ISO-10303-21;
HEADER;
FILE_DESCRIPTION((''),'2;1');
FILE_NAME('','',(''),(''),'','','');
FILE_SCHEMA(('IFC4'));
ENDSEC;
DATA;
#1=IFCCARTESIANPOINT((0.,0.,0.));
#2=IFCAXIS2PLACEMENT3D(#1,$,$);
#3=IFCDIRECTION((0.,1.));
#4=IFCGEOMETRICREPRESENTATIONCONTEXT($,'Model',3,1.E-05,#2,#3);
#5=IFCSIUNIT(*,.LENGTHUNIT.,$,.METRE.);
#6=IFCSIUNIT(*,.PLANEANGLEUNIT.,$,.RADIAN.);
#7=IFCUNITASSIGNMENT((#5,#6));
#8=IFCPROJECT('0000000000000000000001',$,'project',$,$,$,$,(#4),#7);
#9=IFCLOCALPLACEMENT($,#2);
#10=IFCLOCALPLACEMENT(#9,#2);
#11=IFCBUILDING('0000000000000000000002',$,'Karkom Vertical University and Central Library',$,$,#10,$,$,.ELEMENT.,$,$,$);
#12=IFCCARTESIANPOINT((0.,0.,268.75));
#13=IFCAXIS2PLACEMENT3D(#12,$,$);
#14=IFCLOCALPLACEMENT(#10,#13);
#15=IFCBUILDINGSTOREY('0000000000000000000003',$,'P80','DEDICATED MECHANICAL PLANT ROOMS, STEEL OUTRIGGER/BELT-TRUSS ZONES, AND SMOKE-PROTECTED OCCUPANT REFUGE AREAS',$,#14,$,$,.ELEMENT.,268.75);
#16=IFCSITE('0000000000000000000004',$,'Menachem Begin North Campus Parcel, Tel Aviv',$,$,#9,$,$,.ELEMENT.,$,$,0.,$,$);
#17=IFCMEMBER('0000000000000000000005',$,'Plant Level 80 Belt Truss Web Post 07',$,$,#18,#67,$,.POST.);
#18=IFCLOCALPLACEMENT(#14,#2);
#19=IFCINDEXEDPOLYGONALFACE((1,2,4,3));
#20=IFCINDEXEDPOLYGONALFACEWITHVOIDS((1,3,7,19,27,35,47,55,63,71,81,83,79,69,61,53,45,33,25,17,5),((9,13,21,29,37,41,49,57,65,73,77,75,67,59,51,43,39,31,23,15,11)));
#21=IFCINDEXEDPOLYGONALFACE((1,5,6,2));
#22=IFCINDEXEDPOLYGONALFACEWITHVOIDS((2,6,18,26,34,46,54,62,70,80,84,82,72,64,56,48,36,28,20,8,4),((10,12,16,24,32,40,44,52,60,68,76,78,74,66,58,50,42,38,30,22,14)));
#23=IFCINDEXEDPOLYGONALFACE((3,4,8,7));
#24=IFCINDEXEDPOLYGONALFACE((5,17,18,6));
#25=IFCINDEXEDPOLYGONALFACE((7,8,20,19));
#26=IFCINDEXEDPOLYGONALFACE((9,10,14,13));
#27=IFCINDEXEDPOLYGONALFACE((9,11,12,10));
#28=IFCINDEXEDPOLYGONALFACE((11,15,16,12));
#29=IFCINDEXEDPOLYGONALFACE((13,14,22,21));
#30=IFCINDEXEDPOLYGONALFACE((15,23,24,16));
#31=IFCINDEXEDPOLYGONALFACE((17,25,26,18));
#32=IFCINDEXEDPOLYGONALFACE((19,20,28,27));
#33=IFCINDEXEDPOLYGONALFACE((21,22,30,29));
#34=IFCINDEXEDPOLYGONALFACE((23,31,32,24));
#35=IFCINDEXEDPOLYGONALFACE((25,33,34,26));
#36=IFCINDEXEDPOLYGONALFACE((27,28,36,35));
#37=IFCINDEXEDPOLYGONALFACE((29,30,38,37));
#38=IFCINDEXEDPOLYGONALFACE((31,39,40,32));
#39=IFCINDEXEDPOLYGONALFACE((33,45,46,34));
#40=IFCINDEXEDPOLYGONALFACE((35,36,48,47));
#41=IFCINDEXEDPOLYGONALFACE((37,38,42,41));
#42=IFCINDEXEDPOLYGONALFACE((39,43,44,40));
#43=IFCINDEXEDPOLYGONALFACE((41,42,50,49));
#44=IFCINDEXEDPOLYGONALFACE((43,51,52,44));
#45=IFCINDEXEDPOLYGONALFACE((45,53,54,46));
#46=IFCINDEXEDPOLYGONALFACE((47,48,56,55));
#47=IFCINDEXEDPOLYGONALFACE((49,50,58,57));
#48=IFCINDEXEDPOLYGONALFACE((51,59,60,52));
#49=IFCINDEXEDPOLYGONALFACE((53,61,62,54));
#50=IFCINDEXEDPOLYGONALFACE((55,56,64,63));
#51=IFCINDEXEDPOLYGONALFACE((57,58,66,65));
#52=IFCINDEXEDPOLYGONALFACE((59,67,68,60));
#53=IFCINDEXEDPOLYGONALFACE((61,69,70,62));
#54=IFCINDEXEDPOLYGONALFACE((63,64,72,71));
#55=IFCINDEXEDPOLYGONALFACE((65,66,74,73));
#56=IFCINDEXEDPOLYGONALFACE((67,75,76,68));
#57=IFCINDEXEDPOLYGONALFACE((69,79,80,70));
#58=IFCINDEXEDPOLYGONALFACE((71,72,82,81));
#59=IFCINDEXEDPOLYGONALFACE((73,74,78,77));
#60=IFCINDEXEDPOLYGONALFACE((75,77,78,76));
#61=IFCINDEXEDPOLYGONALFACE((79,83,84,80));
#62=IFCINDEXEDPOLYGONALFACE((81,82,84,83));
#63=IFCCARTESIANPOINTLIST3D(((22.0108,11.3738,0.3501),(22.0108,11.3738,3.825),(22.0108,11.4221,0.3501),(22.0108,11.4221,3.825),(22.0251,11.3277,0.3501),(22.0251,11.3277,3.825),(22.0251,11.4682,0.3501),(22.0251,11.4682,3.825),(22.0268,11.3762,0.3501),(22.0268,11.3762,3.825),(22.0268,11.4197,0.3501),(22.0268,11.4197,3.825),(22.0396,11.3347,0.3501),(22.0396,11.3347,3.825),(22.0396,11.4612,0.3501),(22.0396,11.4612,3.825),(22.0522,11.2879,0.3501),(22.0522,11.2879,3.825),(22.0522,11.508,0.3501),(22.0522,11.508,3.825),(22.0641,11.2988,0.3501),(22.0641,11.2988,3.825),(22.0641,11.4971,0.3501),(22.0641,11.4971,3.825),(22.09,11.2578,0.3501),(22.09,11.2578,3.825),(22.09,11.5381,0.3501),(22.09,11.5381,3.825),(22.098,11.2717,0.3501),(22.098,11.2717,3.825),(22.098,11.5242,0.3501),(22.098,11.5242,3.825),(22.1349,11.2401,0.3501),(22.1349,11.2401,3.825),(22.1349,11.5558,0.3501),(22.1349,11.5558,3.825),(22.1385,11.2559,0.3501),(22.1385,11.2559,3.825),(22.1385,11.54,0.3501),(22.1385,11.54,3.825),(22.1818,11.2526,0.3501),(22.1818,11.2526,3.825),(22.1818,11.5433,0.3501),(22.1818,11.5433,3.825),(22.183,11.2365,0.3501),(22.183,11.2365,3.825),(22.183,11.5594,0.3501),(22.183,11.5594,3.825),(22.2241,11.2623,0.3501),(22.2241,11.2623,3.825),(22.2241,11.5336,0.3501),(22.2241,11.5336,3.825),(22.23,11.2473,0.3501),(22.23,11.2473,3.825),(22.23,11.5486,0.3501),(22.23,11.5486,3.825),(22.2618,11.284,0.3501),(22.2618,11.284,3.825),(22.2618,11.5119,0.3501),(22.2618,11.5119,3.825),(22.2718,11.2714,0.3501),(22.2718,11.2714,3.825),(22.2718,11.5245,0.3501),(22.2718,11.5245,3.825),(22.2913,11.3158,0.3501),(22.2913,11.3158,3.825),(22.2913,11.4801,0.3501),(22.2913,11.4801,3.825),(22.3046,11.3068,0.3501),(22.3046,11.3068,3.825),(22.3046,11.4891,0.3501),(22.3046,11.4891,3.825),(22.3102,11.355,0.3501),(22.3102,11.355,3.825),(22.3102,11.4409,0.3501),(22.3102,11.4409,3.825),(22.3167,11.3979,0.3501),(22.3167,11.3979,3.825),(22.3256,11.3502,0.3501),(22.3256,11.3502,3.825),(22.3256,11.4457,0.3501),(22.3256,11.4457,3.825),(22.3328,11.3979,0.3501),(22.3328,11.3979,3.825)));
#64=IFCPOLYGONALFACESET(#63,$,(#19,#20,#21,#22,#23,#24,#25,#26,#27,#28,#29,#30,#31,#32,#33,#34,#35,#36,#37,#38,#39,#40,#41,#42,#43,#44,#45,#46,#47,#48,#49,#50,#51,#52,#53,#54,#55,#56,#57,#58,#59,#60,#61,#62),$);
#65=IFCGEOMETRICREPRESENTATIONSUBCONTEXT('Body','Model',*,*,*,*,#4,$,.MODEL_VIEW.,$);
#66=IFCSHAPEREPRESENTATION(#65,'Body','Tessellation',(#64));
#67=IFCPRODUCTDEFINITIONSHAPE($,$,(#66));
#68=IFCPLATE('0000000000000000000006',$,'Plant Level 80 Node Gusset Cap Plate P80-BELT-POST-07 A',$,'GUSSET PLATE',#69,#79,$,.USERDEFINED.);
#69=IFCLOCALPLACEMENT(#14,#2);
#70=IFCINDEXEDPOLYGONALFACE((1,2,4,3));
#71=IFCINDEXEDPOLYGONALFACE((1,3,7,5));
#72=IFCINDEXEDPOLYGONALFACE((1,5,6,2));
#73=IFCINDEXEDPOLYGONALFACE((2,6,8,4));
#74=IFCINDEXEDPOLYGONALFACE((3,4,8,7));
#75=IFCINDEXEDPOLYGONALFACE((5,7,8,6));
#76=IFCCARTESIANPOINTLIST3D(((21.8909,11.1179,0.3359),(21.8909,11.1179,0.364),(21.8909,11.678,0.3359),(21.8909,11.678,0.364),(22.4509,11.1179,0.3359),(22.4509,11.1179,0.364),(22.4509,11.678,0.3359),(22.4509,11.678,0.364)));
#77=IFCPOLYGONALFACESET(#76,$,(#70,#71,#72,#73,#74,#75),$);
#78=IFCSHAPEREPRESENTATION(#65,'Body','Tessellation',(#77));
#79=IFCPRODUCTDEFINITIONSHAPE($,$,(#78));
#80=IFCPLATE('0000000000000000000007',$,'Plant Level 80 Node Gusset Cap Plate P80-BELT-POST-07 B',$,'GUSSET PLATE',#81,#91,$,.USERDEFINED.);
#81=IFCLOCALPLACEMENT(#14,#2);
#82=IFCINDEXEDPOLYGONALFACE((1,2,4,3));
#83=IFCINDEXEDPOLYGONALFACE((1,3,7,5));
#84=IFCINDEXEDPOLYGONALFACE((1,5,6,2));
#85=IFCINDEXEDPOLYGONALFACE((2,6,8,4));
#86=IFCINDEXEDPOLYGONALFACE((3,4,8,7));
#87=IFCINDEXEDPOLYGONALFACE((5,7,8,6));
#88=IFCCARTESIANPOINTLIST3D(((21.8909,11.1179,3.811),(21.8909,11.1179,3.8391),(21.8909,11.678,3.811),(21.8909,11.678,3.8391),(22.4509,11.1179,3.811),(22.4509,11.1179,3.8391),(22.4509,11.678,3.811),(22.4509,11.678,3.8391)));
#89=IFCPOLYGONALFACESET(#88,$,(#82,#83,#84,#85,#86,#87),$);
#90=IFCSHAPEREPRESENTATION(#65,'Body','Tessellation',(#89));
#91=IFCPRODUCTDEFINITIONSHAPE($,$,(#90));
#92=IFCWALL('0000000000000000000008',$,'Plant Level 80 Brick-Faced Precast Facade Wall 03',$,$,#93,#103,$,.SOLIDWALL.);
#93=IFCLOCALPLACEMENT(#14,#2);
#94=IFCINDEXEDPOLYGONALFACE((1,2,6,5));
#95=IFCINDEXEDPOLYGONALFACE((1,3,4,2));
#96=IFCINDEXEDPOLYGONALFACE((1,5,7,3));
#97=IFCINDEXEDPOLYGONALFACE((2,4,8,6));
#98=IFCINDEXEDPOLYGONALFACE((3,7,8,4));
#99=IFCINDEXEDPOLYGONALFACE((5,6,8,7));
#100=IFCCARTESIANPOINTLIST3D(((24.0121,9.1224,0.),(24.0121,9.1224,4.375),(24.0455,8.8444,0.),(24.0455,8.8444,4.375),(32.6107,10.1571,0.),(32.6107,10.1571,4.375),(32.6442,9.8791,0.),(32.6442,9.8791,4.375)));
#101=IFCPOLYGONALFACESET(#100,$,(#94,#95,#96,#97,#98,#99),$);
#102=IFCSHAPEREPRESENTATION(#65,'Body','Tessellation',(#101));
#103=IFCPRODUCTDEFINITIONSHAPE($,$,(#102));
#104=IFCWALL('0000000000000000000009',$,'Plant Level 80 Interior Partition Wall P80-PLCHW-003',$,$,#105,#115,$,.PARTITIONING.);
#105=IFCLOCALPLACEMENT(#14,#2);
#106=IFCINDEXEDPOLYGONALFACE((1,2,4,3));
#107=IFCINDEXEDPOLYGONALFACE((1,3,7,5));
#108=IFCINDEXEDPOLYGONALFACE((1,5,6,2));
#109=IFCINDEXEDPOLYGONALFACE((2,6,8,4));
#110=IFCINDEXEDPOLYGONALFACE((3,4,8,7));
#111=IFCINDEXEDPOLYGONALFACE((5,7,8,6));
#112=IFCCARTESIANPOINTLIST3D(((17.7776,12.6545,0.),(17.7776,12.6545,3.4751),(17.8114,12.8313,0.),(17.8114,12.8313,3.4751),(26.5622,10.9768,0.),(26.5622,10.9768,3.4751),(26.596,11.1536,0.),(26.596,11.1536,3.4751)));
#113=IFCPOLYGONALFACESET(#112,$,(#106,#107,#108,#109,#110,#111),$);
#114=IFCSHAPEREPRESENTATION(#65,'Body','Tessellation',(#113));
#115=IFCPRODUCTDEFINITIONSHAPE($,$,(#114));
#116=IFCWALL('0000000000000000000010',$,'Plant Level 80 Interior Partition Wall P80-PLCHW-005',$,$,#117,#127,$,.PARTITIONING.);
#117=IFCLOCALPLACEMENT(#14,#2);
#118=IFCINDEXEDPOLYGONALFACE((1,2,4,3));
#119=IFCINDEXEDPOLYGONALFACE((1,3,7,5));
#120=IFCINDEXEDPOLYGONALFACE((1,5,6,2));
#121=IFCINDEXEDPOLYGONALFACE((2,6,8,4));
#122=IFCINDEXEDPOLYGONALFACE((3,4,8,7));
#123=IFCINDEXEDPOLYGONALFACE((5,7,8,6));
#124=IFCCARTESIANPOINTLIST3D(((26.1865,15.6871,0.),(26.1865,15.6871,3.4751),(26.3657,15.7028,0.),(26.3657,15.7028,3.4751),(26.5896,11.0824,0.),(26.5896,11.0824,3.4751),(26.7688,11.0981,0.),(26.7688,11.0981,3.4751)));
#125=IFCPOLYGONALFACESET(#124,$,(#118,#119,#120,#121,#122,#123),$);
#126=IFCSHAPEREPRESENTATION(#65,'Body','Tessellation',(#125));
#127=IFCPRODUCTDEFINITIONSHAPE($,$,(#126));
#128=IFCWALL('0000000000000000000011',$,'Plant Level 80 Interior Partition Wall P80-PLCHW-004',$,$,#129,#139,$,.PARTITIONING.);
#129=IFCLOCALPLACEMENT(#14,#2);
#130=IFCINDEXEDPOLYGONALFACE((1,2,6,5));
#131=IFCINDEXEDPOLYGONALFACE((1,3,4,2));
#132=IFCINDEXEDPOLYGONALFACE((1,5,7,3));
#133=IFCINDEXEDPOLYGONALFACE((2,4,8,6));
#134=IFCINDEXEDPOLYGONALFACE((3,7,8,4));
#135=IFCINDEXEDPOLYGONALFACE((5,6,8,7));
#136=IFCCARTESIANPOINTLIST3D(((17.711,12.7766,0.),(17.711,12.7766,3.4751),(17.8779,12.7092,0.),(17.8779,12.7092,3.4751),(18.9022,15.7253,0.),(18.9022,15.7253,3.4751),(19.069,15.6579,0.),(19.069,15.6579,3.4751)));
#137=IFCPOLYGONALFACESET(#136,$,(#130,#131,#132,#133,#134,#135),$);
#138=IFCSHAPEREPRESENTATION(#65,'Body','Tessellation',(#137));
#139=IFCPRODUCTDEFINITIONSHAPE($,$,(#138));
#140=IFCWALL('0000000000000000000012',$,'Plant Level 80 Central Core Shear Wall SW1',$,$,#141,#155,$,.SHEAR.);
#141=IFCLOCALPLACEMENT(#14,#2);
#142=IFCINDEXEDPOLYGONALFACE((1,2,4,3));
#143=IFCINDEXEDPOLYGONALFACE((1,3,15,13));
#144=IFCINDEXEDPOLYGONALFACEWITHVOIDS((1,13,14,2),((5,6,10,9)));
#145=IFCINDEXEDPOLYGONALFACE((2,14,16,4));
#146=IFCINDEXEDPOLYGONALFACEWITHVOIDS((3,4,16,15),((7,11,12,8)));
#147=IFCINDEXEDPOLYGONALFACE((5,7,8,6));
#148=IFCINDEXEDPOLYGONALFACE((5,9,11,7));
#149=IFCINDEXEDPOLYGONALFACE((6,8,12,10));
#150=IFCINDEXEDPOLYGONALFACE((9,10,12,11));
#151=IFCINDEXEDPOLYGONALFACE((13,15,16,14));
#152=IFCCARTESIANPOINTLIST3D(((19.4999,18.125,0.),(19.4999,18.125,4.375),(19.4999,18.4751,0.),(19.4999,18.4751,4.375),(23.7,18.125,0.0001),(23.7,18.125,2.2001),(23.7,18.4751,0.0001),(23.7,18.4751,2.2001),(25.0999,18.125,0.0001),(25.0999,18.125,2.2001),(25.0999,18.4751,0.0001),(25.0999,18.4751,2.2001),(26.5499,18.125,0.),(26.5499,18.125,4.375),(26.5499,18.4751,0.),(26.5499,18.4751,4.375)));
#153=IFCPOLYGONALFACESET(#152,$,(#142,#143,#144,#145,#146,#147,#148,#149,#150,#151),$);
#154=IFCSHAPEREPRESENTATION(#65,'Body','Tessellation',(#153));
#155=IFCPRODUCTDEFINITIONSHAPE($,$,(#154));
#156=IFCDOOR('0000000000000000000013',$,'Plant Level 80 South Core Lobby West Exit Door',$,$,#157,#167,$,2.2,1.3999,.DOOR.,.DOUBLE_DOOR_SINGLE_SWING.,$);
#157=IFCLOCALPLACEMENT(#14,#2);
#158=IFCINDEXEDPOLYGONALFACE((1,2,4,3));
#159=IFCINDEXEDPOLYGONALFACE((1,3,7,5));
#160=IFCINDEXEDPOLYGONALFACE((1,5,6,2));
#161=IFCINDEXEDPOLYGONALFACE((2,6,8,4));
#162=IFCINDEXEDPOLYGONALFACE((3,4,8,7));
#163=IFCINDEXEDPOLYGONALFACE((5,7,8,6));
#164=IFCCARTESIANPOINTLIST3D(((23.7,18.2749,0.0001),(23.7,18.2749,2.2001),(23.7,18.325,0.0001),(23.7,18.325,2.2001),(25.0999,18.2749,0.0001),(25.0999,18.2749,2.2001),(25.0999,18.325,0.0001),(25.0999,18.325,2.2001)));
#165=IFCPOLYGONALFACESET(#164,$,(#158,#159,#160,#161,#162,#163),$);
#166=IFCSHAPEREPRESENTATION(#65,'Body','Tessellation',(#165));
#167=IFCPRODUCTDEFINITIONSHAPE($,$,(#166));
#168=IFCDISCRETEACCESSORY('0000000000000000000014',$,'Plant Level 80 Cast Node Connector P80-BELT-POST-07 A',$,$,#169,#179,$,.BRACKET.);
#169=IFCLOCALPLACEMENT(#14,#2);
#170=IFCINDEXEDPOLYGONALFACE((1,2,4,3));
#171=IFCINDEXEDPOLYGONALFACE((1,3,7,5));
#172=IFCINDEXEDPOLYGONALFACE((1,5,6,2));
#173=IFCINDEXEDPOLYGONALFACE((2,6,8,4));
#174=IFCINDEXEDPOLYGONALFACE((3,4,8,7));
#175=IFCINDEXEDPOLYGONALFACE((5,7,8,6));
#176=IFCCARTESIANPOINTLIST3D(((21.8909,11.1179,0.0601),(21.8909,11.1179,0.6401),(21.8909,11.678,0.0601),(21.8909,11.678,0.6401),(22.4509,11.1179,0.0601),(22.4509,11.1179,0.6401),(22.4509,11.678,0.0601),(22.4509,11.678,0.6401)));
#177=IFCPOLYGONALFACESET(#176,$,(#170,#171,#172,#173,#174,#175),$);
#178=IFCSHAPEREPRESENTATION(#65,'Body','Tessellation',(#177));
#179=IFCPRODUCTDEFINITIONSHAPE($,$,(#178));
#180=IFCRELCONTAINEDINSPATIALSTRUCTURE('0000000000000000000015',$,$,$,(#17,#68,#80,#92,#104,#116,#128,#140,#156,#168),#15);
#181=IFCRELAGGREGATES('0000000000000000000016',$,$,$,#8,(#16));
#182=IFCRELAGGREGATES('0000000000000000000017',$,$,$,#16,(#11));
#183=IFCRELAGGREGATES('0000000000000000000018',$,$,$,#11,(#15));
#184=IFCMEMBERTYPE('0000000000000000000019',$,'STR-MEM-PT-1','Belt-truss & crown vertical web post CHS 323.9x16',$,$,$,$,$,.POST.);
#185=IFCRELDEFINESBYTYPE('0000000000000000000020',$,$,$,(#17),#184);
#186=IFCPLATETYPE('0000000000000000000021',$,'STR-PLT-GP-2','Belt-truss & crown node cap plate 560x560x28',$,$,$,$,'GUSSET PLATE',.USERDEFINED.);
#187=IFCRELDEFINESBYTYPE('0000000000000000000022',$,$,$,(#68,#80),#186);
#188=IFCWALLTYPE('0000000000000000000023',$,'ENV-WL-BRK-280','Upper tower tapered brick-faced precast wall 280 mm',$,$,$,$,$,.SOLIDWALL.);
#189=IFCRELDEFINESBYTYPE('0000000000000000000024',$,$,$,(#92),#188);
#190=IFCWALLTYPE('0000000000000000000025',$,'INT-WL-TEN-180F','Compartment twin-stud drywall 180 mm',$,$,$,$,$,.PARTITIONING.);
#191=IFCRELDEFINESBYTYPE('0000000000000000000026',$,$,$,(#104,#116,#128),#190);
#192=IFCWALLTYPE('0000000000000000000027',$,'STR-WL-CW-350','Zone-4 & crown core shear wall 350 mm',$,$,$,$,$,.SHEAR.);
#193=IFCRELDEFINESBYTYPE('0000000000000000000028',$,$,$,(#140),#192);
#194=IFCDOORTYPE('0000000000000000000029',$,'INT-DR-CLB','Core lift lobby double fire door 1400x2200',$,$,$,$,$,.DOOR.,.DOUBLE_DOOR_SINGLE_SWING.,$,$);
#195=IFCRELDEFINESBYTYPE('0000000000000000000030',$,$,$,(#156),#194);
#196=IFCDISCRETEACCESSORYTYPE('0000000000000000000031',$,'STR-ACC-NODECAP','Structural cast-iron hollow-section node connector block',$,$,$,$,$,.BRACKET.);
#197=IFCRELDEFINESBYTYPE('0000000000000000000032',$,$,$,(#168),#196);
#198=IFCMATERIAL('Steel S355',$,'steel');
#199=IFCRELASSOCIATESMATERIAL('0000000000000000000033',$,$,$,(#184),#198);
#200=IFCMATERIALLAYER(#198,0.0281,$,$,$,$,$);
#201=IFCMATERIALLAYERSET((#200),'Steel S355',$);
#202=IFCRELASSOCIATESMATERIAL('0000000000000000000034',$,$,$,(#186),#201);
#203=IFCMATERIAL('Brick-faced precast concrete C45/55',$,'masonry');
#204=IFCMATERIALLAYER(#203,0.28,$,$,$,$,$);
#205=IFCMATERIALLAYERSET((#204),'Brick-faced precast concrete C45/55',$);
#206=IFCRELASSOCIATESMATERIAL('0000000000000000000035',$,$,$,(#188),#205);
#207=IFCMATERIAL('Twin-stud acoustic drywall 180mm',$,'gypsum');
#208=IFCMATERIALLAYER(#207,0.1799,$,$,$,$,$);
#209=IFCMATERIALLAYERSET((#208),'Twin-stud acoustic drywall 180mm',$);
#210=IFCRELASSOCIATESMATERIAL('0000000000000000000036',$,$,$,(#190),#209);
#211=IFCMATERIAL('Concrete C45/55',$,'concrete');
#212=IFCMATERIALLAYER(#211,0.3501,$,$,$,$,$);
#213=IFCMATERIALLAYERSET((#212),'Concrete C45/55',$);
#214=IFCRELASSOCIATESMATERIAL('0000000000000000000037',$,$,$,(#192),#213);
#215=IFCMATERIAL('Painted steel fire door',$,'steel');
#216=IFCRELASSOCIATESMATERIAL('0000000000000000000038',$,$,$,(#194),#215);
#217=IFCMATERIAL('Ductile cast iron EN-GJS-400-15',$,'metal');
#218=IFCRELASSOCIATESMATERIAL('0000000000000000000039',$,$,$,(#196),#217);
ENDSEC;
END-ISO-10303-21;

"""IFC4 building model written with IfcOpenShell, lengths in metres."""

from ifc_helpers import new_model, si_unit, direction, frame, frame_2d, origin, origin_with_axes, origin_2d, place, context, subcontext, project, spatial, rectangle, hollow_circle, extrude, source, transform, mapped, material, layer, layer_set, material_profile, profile_set, type_object, element, fill, save


model = new_model("IFC4")

# Units and contexts
model_context = context("Model", 3, precision=1e-05, world=origin(), true_north=direction((0.0, 1.0)))
body_context = subcontext(model_context, "Body", "Model", "MODEL_VIEW")
ifc_project = project(units=[si_unit("LENGTHUNIT", "METRE"), si_unit("PLANEANGLEUNIT", "RADIAN")], contexts=[model_context])

# Site, building, storey
site_placement = place(None, origin())
site = spatial("IfcSite", under=ifc_project, at=site_placement, Name="Menachem Begin North Campus Parcel, Tel Aviv", CompositionType="ELEMENT", RefElevation=0.0)
building_placement = place(site_placement, origin())
building = spatial("IfcBuilding", under=site, at=building_placement, Name="Karkom Vertical University and Central Library", CompositionType="ELEMENT")
storey_placement = place(building_placement, frame((0.0, 0.0, 268.75)))
storey = spatial("IfcBuildingStorey", under=building, at=storey_placement, Name="P80", Description="DEDICATED MECHANICAL PLANT ROOMS, STEEL OUTRIGGER/BELT-TRUSS ZONES, AND SMOKE-PROTECTED OCCUPANT REFUGE AREAS", CompositionType="ELEMENT", Elevation=268.75)

# Shared definitions
ifc_material_1 = material(Name="Concrete C45/55", Category="concrete")

# Shared definitions
ifc_material_2 = material(Name="Steel S355", Category="steel")

# Member
ifc_material_profile_1 = material_profile(ifc_material_2, hollow_circle(Radius=0.1619, WallThickness=0.0161, at=origin_2d()), Name="CHS 323.9x16")
ifc_profile_set_1 = profile_set([ifc_material_profile_1], Name="Steel S355")
member_type = type_object("IfcMemberType", Name="STR-MEM-PT-1", Description="Belt-truss & crown vertical web post CHS 323.9x16", PredefinedType="POST", material=ifc_profile_set_1)
shared_shape_1 = source(origin_with_axes(), body_context, "Body", "SweptSolid", [
    extrude(hollow_circle(Radius=0.1619, WallThickness=0.0161, at=origin_2d()), origin(), (0.0, 0.0, 1.0), 3.4749),
])
member_placement = place(storey_placement, frame((22.1709, 11.3979, 0.3501), z_axis=(0.0, 0.0, 1.0), x_axis=(1.0, 0.0, 0.0)))
element("IfcMember", 1, at=member_placement, inside=storey, type_object=member_type, Name="Plant Level 80 Belt Truss Web Post 07", PredefinedType="POST", context=body_context, shape_type="MappedRepresentation", body=[
    mapped(shared_shape_1, transform((0.0, 0.0, 0.0), scale=1.0)),
])

# Plates
ifc_layer_1 = layer(ifc_material_2, 0.0281)
ifc_layer_set_1 = layer_set([ifc_layer_1], Name="Steel S355")
plate_type = type_object("IfcPlateType", Name="STR-PLT-GP-2", Description="Belt-truss & crown node cap plate 560x560x28", ElementType="GUSSET PLATE", PredefinedType="USERDEFINED", material=ifc_layer_set_1)
shared_shape_2 = source(origin_with_axes(), body_context, "Body", "SweptSolid", [
    extrude(rectangle(XDim=0.5601, YDim=0.5601, at=origin_2d()), origin(), (0.0, 0.0, 1.0), 0.0281),
])
for number, where, z_axis, x_axis, name in (
    (2, (22.1709, 11.3979, 0.3359), (0.0, 0.0, 1.0), (1.0, 0.0, 0.0), "Plant Level 80 Node Gusset Cap Plate P80-BELT-POST-07 A"),
    (3, (22.1709, 11.3979, 3.811), (0.0, 0.0, 1.0), (1.0, 0.0, 0.0), "Plant Level 80 Node Gusset Cap Plate P80-BELT-POST-07 B"),
):
    element("IfcPlate", number, at=place(storey_placement, frame(where, z_axis=z_axis, x_axis=x_axis)), inside=storey, type_object=plate_type, Name=name, ObjectType="GUSSET PLATE", PredefinedType="USERDEFINED", context=body_context, shape_type="MappedRepresentation", body=[
        mapped(shared_shape_2, transform((0.0, 0.0, 0.0), scale=1.0)),
    ])

# Walls
ifc_material_3 = material(Name="Brick-faced precast concrete C45/55", Category="masonry")
ifc_layer_2 = layer(ifc_material_3, 0.28)
ifc_layer_set_2 = layer_set([ifc_layer_2], Name="Brick-faced precast concrete C45/55")
wall_type_1 = type_object("IfcWallType", Name="ENV-WL-BRK-280", Description="Upper tower tapered brick-faced precast wall 280 mm", PredefinedType="SOLIDWALL", material=ifc_layer_set_2)
wall_1_placement = place(storey_placement, frame((24.0288, 8.9834, 0.0), z_axis=(0.0, 0.0, 1.0), x_axis=(0.992838, 0.119468, 0.0)))
element("IfcWall", 4, at=wall_1_placement, inside=storey, type_object=wall_type_1, Name="Plant Level 80 Brick-Faced Precast Facade Wall 03", PredefinedType="SOLIDWALL", context=body_context, shape_type="SweptSolid", body=[
    extrude(rectangle(XDim=8.6606, YDim=0.28, at=frame_2d((4.3303, 0.0))), origin(), (0.0, 0.0, 1.0), 4.375),
])
ifc_material_4 = material(Name="Twin-stud acoustic drywall 180mm", Category="gypsum")
ifc_layer_3 = layer(ifc_material_4, 0.1799)
ifc_layer_set_3 = layer_set([ifc_layer_3], Name="Twin-stud acoustic drywall 180mm")
wall_type_2 = type_object("IfcWallType", Name="INT-WL-TEN-180F", Description="Compartment twin-stud drywall 180 mm", PredefinedType="PARTITIONING", material=ifc_layer_set_3)
wall_2_placement = place(storey_placement, frame((26.5791, 11.0652, 0.0), z_axis=(0.0, 0.0, 1.0), x_axis=(-0.982247, 0.187594, 0.0)))
element("IfcWall", 5, at=wall_2_placement, inside=storey, type_object=wall_type_2, Name="Plant Level 80 Interior Partition Wall P80-PLCHW-003", PredefinedType="PARTITIONING", context=body_context, shape_type="SweptSolid", body=[
    extrude(rectangle(XDim=8.9434, YDim=0.1799, at=frame_2d((4.4717, 0.0))), origin(), (0.0, 0.0, 1.0), 3.4751),
])
wall_3_placement = place(storey_placement, frame((26.2761, 15.6948, 0.0), z_axis=(0.0, 0.0, 1.0), x_axis=(0.087202, -0.996191, 0.0)))
element("IfcWall", 6, at=wall_3_placement, inside=storey, type_object=wall_type_2, Name="Plant Level 80 Interior Partition Wall P80-PLCHW-005", PredefinedType="PARTITIONING", context=body_context, shape_type="SweptSolid", body=[
    extrude(rectangle(XDim=4.6223, YDim=0.1799, at=frame_2d((2.311, 0.0))), origin(), (0.0, 0.0, 1.0), 3.4751),
])
wall_4_placement = place(storey_placement, frame((17.7944, 12.7429, 0.0), z_axis=(0.0, 0.0, 1.0), x_axis=(0.374552, 0.927206, 0.0)))
element("IfcWall", 7, at=wall_4_placement, inside=storey, type_object=wall_type_2, Name="Plant Level 80 Interior Partition Wall P80-PLCHW-004", PredefinedType="PARTITIONING", context=body_context, shape_type="SweptSolid", body=[
    extrude(rectangle(XDim=3.1802, YDim=0.1799, at=frame_2d((1.5901, 0.0))), origin(), (0.0, 0.0, 1.0), 3.4751),
])

# Wall, opening, door
ifc_layer_4 = layer(ifc_material_1, 0.3501)
ifc_layer_set_4 = layer_set([ifc_layer_4], Name="Concrete C45/55")
wall_type_3 = type_object("IfcWallType", Name="STR-WL-CW-350", Description="Zone-4 & crown core shear wall 350 mm", PredefinedType="SHEAR", material=ifc_layer_set_4)
wall_5_placement = place(storey_placement, frame((19.5, 18.3, 0.0), z_axis=(0.0, 0.0, 1.0), x_axis=(1.0, 0.0, 0.0)))
wall_5 = element("IfcWall", 8, at=wall_5_placement, inside=storey, type_object=wall_type_3, Name="Plant Level 80 Central Core Shear Wall SW1", PredefinedType="SHEAR", context=body_context, shape_type="SweptSolid", body=[
    extrude(rectangle(XDim=7.05, YDim=0.3501, at=frame_2d((3.5249, 0.0))), origin(), (0.0, 0.0, 1.0), 4.375),
])
opening_placement = place(wall_5_placement, frame((4.2, 0.0, 0.0)))
opening = element("IfcOpeningElement", 9, at=opening_placement, cuts=wall_5, PredefinedType="OPENING", context=body_context, shape_type="SweptSolid", body=[
    extrude(rectangle(XDim=1.3999, YDim=2.2, at=frame_2d((0.7, 1.1001))), frame((0.0, 0.1851, 0.0), z_axis=(0.0, -1.0, 0.0), x_axis=(1.0, 0.0, 0.0)), (0.0, 0.0, 1.0), 0.3701),
])
ifc_material_5 = material(Name="Painted steel fire door", Category="steel")
door_type = type_object("IfcDoorType", Name="INT-DR-CLB", Description="Core lift lobby double fire door 1400x2200", OperationType="DOUBLE_DOOR_SINGLE_SWING", PredefinedType="DOOR", material=ifc_material_5)
shared_shape_3 = source(origin_with_axes(), body_context, "Body", "SweptSolid", [
    extrude(rectangle(XDim=1.3999, YDim=2.2, at=frame_2d((0.7, 1.1001))), frame((0.0, 0.0249, 0.0), z_axis=(0.0, -1.0, 0.0), x_axis=(1.0, 0.0, 0.0)), (0.0, 0.0, 1.0), 0.05),
])
door_placement = place(opening_placement, origin())
door = element("IfcDoor", 10, at=door_placement, inside=storey, type_object=door_type, Name="Plant Level 80 South Core Lobby West Exit Door", OperationType="DOUBLE_DOOR_SINGLE_SWING", OverallHeight=2.2, OverallWidth=1.3999, PredefinedType="DOOR", context=body_context, shape_type="MappedRepresentation", body=[
    mapped(shared_shape_3, transform((0.0, 0.0, 0.0), scale=1.0)),
])
fill(opening, door)

# Discrete accessory
ifc_material_6 = material(Name="Ductile cast iron EN-GJS-400-15", Category="metal")
discrete_accessory_type = type_object("IfcDiscreteAccessoryType", Name="STR-ACC-NODECAP", Description="Structural cast-iron hollow-section node connector block", PredefinedType="BRACKET", material=ifc_material_6)
shared_shape_4 = source(origin_with_axes(), body_context, "Body", "SweptSolid", [
    extrude(rectangle(XDim=0.5601, YDim=0.5601, at=origin_2d()), origin(), (0.0, 0.0, 1.0), 0.5801),
])
for number, where, z_axis, x_axis, name in (
    (11, (22.1709, 11.3979, 0.0601), (0.0, 0.0, 1.0), (1.0, 0.0, 0.0), "Plant Level 80 Cast Node Connector P80-BELT-POST-07 A"),
):
    element("IfcDiscreteAccessory", number, at=place(storey_placement, frame(where, z_axis=z_axis, x_axis=x_axis)), inside=storey, type_object=discrete_accessory_type, Name=name, PredefinedType="BRACKET", context=body_context, shape_type="MappedRepresentation", body=[
        mapped(shared_shape_4, transform((0.0, 0.0, 0.0), scale=1.0)),
    ])

save(model, "model.ifc")
